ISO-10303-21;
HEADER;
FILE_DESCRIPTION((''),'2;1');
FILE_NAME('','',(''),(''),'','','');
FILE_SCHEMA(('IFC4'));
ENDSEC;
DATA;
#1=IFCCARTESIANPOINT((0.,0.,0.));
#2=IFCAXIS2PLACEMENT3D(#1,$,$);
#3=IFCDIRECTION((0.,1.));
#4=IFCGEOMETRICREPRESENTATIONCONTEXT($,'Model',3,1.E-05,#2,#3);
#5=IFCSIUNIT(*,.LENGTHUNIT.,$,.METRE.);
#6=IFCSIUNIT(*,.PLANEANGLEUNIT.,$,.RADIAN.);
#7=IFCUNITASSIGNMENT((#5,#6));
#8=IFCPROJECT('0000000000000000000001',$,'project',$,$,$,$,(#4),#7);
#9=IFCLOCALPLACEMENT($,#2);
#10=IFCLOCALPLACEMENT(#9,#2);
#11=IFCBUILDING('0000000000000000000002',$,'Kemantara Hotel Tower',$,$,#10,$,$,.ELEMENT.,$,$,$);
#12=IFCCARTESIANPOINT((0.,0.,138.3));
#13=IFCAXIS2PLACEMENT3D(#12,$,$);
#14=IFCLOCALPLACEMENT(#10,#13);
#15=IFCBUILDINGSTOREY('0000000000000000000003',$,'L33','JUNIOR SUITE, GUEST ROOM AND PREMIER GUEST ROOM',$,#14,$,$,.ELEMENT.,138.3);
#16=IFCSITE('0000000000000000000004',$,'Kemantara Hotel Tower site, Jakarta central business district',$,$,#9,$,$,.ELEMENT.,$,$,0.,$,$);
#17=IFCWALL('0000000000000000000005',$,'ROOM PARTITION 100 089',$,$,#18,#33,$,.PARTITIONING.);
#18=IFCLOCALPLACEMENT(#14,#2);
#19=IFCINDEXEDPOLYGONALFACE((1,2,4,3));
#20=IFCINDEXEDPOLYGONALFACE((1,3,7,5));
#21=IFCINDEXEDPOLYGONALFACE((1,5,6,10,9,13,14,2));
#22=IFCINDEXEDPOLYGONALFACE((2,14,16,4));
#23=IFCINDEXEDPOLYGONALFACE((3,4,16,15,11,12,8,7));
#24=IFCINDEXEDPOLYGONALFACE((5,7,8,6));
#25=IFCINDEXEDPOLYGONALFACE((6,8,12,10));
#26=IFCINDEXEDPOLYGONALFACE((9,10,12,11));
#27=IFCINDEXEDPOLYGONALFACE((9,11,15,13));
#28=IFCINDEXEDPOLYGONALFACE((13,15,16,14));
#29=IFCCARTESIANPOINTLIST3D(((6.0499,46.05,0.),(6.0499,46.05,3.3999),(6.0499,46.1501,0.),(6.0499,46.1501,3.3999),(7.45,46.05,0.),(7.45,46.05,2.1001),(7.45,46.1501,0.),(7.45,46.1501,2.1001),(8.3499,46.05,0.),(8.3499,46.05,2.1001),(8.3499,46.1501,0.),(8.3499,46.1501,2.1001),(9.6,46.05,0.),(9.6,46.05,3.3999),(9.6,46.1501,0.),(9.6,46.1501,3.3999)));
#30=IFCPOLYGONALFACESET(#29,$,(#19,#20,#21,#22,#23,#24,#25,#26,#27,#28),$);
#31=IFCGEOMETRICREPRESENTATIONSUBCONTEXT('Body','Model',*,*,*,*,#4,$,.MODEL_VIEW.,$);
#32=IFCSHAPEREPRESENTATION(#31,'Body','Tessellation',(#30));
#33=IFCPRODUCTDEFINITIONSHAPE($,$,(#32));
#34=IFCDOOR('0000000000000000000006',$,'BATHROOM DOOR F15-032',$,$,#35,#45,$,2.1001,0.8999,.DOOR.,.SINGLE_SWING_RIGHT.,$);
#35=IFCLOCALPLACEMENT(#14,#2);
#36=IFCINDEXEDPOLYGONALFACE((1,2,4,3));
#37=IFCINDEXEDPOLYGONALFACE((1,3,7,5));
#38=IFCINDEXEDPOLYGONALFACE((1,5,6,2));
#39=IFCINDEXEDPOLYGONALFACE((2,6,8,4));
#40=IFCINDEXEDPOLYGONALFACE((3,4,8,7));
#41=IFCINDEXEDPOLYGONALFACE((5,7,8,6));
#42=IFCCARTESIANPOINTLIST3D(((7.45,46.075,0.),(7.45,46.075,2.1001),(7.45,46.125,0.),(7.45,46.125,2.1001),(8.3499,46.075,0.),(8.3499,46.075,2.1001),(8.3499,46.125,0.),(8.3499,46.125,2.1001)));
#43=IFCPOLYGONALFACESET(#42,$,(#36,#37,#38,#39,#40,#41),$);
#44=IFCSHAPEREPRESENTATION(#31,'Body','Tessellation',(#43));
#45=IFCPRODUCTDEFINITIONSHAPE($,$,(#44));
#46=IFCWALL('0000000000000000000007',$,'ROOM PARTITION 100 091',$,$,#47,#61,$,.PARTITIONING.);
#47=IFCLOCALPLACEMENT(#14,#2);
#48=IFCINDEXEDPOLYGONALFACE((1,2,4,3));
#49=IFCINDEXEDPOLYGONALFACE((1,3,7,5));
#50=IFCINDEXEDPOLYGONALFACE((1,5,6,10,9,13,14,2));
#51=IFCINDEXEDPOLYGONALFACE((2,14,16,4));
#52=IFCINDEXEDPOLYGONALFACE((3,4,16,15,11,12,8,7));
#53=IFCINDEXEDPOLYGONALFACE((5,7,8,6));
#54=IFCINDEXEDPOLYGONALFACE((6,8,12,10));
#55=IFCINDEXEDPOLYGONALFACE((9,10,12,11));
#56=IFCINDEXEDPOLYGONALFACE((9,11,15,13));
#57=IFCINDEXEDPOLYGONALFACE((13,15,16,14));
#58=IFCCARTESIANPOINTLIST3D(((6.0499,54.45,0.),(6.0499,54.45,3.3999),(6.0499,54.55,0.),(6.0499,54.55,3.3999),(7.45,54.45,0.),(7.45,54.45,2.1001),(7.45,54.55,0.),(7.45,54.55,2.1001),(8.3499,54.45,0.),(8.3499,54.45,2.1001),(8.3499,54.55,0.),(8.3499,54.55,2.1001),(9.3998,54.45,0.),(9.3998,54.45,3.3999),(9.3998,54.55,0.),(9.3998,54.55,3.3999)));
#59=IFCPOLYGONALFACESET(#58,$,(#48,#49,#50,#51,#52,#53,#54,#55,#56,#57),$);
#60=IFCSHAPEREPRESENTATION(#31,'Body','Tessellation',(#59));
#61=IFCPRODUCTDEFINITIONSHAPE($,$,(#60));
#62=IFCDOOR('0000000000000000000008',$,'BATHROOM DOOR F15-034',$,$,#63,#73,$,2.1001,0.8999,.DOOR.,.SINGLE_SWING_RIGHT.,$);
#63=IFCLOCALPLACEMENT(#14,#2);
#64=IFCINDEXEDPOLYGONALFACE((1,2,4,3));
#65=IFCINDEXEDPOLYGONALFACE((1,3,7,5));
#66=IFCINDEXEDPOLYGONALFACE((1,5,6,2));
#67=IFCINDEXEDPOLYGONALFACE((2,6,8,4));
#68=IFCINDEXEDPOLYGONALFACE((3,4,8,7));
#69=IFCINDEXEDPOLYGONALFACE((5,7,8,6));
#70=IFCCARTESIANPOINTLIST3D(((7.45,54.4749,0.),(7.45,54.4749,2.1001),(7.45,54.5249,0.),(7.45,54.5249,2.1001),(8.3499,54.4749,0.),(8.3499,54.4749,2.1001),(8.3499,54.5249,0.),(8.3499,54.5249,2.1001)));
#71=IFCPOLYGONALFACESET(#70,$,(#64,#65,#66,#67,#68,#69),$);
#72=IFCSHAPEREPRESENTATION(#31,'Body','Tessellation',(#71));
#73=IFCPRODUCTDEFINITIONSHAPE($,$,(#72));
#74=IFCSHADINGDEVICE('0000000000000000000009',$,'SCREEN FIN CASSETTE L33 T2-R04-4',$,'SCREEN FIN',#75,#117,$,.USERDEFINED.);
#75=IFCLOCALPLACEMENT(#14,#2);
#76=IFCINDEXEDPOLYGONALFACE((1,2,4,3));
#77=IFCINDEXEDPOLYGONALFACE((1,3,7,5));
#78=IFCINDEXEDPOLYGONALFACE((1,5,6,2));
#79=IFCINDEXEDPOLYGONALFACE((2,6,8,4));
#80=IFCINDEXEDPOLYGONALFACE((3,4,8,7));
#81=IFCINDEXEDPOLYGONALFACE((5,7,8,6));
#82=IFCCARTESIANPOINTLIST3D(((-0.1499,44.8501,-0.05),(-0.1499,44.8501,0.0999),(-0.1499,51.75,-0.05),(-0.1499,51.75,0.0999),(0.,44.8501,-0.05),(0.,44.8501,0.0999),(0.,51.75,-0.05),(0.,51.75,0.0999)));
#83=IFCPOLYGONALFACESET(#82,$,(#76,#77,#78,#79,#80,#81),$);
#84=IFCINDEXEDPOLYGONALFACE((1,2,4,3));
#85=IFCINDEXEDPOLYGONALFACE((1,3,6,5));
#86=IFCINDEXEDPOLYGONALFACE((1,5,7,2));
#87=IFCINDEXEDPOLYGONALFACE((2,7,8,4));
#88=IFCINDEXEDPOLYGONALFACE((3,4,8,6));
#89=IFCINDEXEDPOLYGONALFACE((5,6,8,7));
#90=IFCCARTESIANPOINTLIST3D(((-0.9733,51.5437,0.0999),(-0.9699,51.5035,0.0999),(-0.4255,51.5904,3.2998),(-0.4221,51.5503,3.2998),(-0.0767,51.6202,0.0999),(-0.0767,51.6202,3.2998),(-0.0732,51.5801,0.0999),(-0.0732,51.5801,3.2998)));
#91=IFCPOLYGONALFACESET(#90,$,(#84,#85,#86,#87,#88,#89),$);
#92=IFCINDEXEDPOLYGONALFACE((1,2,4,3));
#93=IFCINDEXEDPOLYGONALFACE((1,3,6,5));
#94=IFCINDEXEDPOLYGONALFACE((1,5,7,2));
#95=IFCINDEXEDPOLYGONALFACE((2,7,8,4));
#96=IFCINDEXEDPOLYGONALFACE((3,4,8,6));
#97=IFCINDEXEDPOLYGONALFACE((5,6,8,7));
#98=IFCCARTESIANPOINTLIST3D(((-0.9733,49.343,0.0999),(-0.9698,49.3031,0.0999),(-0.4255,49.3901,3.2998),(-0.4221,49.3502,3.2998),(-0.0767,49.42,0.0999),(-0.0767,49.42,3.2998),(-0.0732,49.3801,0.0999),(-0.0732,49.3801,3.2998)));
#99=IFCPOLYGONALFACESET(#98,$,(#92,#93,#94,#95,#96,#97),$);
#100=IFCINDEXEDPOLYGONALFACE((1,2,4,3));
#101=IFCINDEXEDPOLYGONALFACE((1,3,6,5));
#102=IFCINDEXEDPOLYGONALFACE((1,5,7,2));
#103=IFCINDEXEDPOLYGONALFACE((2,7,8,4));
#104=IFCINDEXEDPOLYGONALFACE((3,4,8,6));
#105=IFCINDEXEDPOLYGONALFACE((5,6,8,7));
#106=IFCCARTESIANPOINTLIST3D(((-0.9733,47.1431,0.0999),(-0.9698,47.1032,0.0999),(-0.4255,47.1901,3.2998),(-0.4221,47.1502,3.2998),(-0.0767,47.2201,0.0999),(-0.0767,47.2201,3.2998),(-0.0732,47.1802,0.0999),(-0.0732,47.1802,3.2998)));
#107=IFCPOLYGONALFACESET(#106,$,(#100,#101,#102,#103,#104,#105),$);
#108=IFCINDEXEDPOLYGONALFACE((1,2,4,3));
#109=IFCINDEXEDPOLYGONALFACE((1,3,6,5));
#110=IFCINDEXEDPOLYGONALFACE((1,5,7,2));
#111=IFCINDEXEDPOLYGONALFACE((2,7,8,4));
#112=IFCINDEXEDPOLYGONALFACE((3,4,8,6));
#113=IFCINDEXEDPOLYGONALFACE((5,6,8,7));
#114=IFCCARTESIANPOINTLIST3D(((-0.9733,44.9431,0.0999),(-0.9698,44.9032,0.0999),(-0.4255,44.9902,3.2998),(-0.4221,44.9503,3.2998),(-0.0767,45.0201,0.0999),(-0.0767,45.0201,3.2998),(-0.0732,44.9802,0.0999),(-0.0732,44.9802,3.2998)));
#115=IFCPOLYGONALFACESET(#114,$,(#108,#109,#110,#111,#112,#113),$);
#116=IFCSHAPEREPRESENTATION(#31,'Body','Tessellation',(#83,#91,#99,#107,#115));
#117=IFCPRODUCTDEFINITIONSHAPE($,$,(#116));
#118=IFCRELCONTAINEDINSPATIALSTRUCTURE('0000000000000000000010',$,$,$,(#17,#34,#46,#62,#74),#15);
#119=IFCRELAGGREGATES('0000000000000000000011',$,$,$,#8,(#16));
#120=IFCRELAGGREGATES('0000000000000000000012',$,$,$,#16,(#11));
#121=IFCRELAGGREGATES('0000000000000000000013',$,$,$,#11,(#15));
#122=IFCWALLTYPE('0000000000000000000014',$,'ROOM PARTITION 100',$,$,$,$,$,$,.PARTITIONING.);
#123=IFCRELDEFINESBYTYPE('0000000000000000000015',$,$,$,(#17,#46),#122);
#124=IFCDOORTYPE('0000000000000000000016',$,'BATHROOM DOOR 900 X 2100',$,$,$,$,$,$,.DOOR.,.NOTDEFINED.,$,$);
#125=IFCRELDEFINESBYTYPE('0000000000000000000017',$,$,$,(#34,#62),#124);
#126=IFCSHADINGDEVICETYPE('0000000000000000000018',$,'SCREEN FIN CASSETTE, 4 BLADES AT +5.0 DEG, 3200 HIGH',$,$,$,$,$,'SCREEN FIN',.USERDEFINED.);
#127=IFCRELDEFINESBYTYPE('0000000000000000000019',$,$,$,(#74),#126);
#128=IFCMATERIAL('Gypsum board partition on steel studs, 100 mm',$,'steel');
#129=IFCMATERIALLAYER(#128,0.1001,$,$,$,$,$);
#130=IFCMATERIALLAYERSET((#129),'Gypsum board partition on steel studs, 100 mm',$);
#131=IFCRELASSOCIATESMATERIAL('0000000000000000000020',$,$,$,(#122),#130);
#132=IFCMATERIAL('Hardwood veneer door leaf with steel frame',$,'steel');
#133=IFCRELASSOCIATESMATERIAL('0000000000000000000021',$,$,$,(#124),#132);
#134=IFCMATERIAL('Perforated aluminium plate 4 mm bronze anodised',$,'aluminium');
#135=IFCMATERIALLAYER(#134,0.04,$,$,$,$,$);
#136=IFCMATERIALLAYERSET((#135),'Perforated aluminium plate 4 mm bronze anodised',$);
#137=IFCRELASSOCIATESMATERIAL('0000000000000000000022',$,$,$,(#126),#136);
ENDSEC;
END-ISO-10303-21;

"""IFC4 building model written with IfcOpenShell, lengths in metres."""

from ifc_helpers import new_model, si_unit, direction, frame, frame_2d, origin, origin_2d, place, context, subcontext, project, spatial, polyline, rectangle, outline, extrude, source, transform, mapped, material, layer, layer_set, type_object, element, fill, save


model = new_model("IFC4")

# Units and contexts
model_context = context("Model", 3, precision=1e-05, world=origin(), true_north=direction((0.0, 1.0)))
body_context = subcontext(model_context, "Body", "Model", "MODEL_VIEW")
ifc_project = project(units=[si_unit("LENGTHUNIT", "METRE"), si_unit("PLANEANGLEUNIT", "RADIAN")], contexts=[model_context])

# Site, building, storey
site_placement = place(None, origin())
site = spatial("IfcSite", under=ifc_project, at=site_placement, Name="Kemantara Hotel Tower site, Jakarta central business district", CompositionType="ELEMENT", RefElevation=0.0)
building_placement = place(site_placement, origin())
building = spatial("IfcBuilding", under=site, at=building_placement, Name="Kemantara Hotel Tower", CompositionType="ELEMENT")
storey_placement = place(building_placement, frame((0.0, 0.0, 138.3)))
storey = spatial("IfcBuildingStorey", under=building, at=storey_placement, Name="L33", Description="JUNIOR SUITE, GUEST ROOM AND PREMIER GUEST ROOM", CompositionType="ELEMENT", Elevation=138.3)

# Shared definitions
ifc_material_1 = material(Name="Hardwood veneer door leaf with steel frame", Category="steel")

# Shared definitions
ifc_material_2 = material(Name="Gypsum board partition on steel studs, 100 mm", Category="steel")
ifc_layer_1 = layer(ifc_material_2, 0.1001)
ifc_layer_set_1 = layer_set([ifc_layer_1], Name="Gypsum board partition on steel studs, 100 mm")
wall_type_1 = type_object("IfcWallType", Name="ROOM PARTITION 100", PredefinedType="PARTITIONING", material=ifc_layer_set_1)

# Walls, openings, doors
wall_1_placement = place(storey_placement, frame((6.05, 46.1001, 0.0), z_axis=(0.0, 0.0, 1.0), x_axis=(1.0, 0.0, 0.0)))
wall_1 = element("IfcWall", 1, at=wall_1_placement, inside=storey, type_object=wall_type_1, Name="ROOM PARTITION 100 089", PredefinedType="PARTITIONING", context=body_context, shape_type="SweptSolid", body=[
    extrude(rectangle(XDim=3.55, YDim=0.1001, at=frame_2d((1.7749, 0.0))), origin(), (0.0, 0.0, 1.0), 3.3999),
])
opening_1_placement = place(wall_1_placement, frame((1.3999, 0.0, 0.0)))
opening_1 = element("IfcOpeningElement", 2, at=opening_1_placement, cuts=wall_1, PredefinedType="OPENING", context=body_context, shape_type="SweptSolid", body=[
    extrude(rectangle(XDim=0.8999, YDim=2.1001, at=frame_2d((0.45, 1.05))), frame((0.0, 0.0601, 0.0), z_axis=(0.0, -1.0, 0.0), x_axis=(1.0, 0.0, 0.0)), (0.0, 0.0, 1.0), 0.1201),
])
door_type_1 = type_object("IfcDoorType", Name="BATHROOM DOOR 900 X 2100", OperationType="NOTDEFINED", PredefinedType="DOOR", material=ifc_material_1)
door_1_placement = place(opening_1_placement, origin())
door_1 = element("IfcDoor", 3, at=door_1_placement, inside=storey, type_object=door_type_1, Name="BATHROOM DOOR F15-032", OperationType="SINGLE_SWING_RIGHT", OverallHeight=2.1001, OverallWidth=0.8999, PredefinedType="DOOR", context=body_context, shape_type="SweptSolid", body=[
    extrude(rectangle(XDim=0.8999, YDim=2.1001, at=frame_2d((0.45, 1.05))), frame((0.0, 0.0249, 0.0), z_axis=(0.0, -1.0, 0.0), x_axis=(1.0, 0.0, 0.0)), (0.0, 0.0, 1.0), 0.05),
])
fill(opening_1, door_1)
wall_2_placement = place(storey_placement, frame((6.05, 54.5, 0.0), z_axis=(0.0, 0.0, 1.0), x_axis=(1.0, 0.0, 0.0)))
wall_2 = element("IfcWall", 4, at=wall_2_placement, inside=storey, type_object=wall_type_1, Name="ROOM PARTITION 100 091", PredefinedType="PARTITIONING", context=body_context, shape_type="SweptSolid", body=[
    extrude(rectangle(XDim=3.3499, YDim=0.1001, at=frame_2d((1.6748, 0.0))), origin(), (0.0, 0.0, 1.0), 3.3999),
])
opening_2_placement = place(wall_2_placement, frame((1.3999, 0.0, 0.0)))
opening_2 = element("IfcOpeningElement", 5, at=opening_2_placement, cuts=wall_2, PredefinedType="OPENING", context=body_context, shape_type="SweptSolid", body=[
    extrude(rectangle(XDim=0.8999, YDim=2.1001, at=frame_2d((0.45, 1.05))), frame((0.0, 0.0601, 0.0), z_axis=(0.0, -1.0, 0.0), x_axis=(1.0, 0.0, 0.0)), (0.0, 0.0, 1.0), 0.1201),
])
door_2_placement = place(opening_2_placement, origin())
door_2 = element("IfcDoor", 6, at=door_2_placement, inside=storey, type_object=door_type_1, Name="BATHROOM DOOR F15-034", OperationType="SINGLE_SWING_RIGHT", OverallHeight=2.1001, OverallWidth=0.8999, PredefinedType="DOOR", context=body_context, shape_type="SweptSolid", body=[
    extrude(rectangle(XDim=0.8999, YDim=2.1001, at=frame_2d((0.45, 1.05))), frame((0.0, 0.0249, 0.0), z_axis=(0.0, -1.0, 0.0), x_axis=(1.0, 0.0, 0.0)), (0.0, 0.0, 1.0), 0.05),
])
fill(opening_2, door_2)

# Shading device
ifc_material_3 = material(Name="Perforated aluminium plate 4 mm bronze anodised", Category="aluminium")
ifc_layer_2 = layer(ifc_material_3, 0.04)
ifc_layer_set_2 = layer_set([ifc_layer_2], Name="Perforated aluminium plate 4 mm bronze anodised")
shading_device_type = type_object("IfcShadingDeviceType", Name="SCREEN FIN CASSETTE, 4 BLADES AT +5.0 DEG, 3200 HIGH", ElementType="SCREEN FIN", PredefinedType="USERDEFINED", material=ifc_layer_set_2)
shared_shape = source(origin(), body_context, "Body", "SweptSolid", [
    extrude(rectangle(XDim=6.8999, YDim=0.1499, at=origin_2d()), frame((3.3, -0.075, -0.1499), z_axis=(0.0, 0.0, 1.0), x_axis=(1.0, 0.0, 0.0)), (0.0, 0.0, 1.0), 0.1499),
    extrude(outline(polyline([(0.0, 0.0), (0.8999, 0.0), (0.3501, 3.2), (0.0, 3.2), (0.0, 0.0)])), frame((0.02, -0.0732, 0.0), z_axis=(-0.996376, -0.085056, 0.0), x_axis=(0.085056, -0.996376, 0.0)), (0.0, 0.0, 1.0), 0.0403),
    extrude(outline(polyline([(0.0, 0.0), (0.8999, 0.0), (0.3501, 3.2), (0.0, 3.2), (0.0, 0.0)])), frame((2.22, -0.0732, 0.0), z_axis=(-0.996332, -0.085575, 0.0), x_axis=(0.085575, -0.996332, 0.0)), (0.0, 0.0, 1.0), 0.04),
    extrude(outline(polyline([(0.0, 0.0), (0.8999, 0.0), (0.3501, 3.2), (0.0, 3.2), (0.0, 0.0)])), frame((4.4199, -0.0732, 0.0), z_axis=(-0.996332, -0.085575, 0.0), x_axis=(0.085575, -0.996332, 0.0)), (0.0, 0.0, 1.0), 0.04),
    extrude(outline(polyline([(0.0, 0.0), (0.8999, 0.0), (0.3501, 3.2), (0.0, 3.2), (0.0, 0.0)])), frame((6.6199, -0.0732, 0.0), z_axis=(-0.996332, -0.085575, 0.0), x_axis=(0.085575, -0.996332, 0.0)), (0.0, 0.0, 1.0), 0.04),
])
shading_device_placement = place(storey_placement, frame((0.0, 51.6001, 0.0999), z_axis=(0.0, 0.0, 1.0), x_axis=(0.0, -1.0, 0.0)))
element("IfcShadingDevice", 7, at=shading_device_placement, inside=storey, type_object=shading_device_type, Name="SCREEN FIN CASSETTE L33 T2-R04-4", ObjectType="SCREEN FIN", PredefinedType="USERDEFINED", context=body_context, shape_type="MappedRepresentation", body=[
    mapped(shared_shape, transform((0.0, 0.0, 0.0))),
])

save(model, "model.ifc")
